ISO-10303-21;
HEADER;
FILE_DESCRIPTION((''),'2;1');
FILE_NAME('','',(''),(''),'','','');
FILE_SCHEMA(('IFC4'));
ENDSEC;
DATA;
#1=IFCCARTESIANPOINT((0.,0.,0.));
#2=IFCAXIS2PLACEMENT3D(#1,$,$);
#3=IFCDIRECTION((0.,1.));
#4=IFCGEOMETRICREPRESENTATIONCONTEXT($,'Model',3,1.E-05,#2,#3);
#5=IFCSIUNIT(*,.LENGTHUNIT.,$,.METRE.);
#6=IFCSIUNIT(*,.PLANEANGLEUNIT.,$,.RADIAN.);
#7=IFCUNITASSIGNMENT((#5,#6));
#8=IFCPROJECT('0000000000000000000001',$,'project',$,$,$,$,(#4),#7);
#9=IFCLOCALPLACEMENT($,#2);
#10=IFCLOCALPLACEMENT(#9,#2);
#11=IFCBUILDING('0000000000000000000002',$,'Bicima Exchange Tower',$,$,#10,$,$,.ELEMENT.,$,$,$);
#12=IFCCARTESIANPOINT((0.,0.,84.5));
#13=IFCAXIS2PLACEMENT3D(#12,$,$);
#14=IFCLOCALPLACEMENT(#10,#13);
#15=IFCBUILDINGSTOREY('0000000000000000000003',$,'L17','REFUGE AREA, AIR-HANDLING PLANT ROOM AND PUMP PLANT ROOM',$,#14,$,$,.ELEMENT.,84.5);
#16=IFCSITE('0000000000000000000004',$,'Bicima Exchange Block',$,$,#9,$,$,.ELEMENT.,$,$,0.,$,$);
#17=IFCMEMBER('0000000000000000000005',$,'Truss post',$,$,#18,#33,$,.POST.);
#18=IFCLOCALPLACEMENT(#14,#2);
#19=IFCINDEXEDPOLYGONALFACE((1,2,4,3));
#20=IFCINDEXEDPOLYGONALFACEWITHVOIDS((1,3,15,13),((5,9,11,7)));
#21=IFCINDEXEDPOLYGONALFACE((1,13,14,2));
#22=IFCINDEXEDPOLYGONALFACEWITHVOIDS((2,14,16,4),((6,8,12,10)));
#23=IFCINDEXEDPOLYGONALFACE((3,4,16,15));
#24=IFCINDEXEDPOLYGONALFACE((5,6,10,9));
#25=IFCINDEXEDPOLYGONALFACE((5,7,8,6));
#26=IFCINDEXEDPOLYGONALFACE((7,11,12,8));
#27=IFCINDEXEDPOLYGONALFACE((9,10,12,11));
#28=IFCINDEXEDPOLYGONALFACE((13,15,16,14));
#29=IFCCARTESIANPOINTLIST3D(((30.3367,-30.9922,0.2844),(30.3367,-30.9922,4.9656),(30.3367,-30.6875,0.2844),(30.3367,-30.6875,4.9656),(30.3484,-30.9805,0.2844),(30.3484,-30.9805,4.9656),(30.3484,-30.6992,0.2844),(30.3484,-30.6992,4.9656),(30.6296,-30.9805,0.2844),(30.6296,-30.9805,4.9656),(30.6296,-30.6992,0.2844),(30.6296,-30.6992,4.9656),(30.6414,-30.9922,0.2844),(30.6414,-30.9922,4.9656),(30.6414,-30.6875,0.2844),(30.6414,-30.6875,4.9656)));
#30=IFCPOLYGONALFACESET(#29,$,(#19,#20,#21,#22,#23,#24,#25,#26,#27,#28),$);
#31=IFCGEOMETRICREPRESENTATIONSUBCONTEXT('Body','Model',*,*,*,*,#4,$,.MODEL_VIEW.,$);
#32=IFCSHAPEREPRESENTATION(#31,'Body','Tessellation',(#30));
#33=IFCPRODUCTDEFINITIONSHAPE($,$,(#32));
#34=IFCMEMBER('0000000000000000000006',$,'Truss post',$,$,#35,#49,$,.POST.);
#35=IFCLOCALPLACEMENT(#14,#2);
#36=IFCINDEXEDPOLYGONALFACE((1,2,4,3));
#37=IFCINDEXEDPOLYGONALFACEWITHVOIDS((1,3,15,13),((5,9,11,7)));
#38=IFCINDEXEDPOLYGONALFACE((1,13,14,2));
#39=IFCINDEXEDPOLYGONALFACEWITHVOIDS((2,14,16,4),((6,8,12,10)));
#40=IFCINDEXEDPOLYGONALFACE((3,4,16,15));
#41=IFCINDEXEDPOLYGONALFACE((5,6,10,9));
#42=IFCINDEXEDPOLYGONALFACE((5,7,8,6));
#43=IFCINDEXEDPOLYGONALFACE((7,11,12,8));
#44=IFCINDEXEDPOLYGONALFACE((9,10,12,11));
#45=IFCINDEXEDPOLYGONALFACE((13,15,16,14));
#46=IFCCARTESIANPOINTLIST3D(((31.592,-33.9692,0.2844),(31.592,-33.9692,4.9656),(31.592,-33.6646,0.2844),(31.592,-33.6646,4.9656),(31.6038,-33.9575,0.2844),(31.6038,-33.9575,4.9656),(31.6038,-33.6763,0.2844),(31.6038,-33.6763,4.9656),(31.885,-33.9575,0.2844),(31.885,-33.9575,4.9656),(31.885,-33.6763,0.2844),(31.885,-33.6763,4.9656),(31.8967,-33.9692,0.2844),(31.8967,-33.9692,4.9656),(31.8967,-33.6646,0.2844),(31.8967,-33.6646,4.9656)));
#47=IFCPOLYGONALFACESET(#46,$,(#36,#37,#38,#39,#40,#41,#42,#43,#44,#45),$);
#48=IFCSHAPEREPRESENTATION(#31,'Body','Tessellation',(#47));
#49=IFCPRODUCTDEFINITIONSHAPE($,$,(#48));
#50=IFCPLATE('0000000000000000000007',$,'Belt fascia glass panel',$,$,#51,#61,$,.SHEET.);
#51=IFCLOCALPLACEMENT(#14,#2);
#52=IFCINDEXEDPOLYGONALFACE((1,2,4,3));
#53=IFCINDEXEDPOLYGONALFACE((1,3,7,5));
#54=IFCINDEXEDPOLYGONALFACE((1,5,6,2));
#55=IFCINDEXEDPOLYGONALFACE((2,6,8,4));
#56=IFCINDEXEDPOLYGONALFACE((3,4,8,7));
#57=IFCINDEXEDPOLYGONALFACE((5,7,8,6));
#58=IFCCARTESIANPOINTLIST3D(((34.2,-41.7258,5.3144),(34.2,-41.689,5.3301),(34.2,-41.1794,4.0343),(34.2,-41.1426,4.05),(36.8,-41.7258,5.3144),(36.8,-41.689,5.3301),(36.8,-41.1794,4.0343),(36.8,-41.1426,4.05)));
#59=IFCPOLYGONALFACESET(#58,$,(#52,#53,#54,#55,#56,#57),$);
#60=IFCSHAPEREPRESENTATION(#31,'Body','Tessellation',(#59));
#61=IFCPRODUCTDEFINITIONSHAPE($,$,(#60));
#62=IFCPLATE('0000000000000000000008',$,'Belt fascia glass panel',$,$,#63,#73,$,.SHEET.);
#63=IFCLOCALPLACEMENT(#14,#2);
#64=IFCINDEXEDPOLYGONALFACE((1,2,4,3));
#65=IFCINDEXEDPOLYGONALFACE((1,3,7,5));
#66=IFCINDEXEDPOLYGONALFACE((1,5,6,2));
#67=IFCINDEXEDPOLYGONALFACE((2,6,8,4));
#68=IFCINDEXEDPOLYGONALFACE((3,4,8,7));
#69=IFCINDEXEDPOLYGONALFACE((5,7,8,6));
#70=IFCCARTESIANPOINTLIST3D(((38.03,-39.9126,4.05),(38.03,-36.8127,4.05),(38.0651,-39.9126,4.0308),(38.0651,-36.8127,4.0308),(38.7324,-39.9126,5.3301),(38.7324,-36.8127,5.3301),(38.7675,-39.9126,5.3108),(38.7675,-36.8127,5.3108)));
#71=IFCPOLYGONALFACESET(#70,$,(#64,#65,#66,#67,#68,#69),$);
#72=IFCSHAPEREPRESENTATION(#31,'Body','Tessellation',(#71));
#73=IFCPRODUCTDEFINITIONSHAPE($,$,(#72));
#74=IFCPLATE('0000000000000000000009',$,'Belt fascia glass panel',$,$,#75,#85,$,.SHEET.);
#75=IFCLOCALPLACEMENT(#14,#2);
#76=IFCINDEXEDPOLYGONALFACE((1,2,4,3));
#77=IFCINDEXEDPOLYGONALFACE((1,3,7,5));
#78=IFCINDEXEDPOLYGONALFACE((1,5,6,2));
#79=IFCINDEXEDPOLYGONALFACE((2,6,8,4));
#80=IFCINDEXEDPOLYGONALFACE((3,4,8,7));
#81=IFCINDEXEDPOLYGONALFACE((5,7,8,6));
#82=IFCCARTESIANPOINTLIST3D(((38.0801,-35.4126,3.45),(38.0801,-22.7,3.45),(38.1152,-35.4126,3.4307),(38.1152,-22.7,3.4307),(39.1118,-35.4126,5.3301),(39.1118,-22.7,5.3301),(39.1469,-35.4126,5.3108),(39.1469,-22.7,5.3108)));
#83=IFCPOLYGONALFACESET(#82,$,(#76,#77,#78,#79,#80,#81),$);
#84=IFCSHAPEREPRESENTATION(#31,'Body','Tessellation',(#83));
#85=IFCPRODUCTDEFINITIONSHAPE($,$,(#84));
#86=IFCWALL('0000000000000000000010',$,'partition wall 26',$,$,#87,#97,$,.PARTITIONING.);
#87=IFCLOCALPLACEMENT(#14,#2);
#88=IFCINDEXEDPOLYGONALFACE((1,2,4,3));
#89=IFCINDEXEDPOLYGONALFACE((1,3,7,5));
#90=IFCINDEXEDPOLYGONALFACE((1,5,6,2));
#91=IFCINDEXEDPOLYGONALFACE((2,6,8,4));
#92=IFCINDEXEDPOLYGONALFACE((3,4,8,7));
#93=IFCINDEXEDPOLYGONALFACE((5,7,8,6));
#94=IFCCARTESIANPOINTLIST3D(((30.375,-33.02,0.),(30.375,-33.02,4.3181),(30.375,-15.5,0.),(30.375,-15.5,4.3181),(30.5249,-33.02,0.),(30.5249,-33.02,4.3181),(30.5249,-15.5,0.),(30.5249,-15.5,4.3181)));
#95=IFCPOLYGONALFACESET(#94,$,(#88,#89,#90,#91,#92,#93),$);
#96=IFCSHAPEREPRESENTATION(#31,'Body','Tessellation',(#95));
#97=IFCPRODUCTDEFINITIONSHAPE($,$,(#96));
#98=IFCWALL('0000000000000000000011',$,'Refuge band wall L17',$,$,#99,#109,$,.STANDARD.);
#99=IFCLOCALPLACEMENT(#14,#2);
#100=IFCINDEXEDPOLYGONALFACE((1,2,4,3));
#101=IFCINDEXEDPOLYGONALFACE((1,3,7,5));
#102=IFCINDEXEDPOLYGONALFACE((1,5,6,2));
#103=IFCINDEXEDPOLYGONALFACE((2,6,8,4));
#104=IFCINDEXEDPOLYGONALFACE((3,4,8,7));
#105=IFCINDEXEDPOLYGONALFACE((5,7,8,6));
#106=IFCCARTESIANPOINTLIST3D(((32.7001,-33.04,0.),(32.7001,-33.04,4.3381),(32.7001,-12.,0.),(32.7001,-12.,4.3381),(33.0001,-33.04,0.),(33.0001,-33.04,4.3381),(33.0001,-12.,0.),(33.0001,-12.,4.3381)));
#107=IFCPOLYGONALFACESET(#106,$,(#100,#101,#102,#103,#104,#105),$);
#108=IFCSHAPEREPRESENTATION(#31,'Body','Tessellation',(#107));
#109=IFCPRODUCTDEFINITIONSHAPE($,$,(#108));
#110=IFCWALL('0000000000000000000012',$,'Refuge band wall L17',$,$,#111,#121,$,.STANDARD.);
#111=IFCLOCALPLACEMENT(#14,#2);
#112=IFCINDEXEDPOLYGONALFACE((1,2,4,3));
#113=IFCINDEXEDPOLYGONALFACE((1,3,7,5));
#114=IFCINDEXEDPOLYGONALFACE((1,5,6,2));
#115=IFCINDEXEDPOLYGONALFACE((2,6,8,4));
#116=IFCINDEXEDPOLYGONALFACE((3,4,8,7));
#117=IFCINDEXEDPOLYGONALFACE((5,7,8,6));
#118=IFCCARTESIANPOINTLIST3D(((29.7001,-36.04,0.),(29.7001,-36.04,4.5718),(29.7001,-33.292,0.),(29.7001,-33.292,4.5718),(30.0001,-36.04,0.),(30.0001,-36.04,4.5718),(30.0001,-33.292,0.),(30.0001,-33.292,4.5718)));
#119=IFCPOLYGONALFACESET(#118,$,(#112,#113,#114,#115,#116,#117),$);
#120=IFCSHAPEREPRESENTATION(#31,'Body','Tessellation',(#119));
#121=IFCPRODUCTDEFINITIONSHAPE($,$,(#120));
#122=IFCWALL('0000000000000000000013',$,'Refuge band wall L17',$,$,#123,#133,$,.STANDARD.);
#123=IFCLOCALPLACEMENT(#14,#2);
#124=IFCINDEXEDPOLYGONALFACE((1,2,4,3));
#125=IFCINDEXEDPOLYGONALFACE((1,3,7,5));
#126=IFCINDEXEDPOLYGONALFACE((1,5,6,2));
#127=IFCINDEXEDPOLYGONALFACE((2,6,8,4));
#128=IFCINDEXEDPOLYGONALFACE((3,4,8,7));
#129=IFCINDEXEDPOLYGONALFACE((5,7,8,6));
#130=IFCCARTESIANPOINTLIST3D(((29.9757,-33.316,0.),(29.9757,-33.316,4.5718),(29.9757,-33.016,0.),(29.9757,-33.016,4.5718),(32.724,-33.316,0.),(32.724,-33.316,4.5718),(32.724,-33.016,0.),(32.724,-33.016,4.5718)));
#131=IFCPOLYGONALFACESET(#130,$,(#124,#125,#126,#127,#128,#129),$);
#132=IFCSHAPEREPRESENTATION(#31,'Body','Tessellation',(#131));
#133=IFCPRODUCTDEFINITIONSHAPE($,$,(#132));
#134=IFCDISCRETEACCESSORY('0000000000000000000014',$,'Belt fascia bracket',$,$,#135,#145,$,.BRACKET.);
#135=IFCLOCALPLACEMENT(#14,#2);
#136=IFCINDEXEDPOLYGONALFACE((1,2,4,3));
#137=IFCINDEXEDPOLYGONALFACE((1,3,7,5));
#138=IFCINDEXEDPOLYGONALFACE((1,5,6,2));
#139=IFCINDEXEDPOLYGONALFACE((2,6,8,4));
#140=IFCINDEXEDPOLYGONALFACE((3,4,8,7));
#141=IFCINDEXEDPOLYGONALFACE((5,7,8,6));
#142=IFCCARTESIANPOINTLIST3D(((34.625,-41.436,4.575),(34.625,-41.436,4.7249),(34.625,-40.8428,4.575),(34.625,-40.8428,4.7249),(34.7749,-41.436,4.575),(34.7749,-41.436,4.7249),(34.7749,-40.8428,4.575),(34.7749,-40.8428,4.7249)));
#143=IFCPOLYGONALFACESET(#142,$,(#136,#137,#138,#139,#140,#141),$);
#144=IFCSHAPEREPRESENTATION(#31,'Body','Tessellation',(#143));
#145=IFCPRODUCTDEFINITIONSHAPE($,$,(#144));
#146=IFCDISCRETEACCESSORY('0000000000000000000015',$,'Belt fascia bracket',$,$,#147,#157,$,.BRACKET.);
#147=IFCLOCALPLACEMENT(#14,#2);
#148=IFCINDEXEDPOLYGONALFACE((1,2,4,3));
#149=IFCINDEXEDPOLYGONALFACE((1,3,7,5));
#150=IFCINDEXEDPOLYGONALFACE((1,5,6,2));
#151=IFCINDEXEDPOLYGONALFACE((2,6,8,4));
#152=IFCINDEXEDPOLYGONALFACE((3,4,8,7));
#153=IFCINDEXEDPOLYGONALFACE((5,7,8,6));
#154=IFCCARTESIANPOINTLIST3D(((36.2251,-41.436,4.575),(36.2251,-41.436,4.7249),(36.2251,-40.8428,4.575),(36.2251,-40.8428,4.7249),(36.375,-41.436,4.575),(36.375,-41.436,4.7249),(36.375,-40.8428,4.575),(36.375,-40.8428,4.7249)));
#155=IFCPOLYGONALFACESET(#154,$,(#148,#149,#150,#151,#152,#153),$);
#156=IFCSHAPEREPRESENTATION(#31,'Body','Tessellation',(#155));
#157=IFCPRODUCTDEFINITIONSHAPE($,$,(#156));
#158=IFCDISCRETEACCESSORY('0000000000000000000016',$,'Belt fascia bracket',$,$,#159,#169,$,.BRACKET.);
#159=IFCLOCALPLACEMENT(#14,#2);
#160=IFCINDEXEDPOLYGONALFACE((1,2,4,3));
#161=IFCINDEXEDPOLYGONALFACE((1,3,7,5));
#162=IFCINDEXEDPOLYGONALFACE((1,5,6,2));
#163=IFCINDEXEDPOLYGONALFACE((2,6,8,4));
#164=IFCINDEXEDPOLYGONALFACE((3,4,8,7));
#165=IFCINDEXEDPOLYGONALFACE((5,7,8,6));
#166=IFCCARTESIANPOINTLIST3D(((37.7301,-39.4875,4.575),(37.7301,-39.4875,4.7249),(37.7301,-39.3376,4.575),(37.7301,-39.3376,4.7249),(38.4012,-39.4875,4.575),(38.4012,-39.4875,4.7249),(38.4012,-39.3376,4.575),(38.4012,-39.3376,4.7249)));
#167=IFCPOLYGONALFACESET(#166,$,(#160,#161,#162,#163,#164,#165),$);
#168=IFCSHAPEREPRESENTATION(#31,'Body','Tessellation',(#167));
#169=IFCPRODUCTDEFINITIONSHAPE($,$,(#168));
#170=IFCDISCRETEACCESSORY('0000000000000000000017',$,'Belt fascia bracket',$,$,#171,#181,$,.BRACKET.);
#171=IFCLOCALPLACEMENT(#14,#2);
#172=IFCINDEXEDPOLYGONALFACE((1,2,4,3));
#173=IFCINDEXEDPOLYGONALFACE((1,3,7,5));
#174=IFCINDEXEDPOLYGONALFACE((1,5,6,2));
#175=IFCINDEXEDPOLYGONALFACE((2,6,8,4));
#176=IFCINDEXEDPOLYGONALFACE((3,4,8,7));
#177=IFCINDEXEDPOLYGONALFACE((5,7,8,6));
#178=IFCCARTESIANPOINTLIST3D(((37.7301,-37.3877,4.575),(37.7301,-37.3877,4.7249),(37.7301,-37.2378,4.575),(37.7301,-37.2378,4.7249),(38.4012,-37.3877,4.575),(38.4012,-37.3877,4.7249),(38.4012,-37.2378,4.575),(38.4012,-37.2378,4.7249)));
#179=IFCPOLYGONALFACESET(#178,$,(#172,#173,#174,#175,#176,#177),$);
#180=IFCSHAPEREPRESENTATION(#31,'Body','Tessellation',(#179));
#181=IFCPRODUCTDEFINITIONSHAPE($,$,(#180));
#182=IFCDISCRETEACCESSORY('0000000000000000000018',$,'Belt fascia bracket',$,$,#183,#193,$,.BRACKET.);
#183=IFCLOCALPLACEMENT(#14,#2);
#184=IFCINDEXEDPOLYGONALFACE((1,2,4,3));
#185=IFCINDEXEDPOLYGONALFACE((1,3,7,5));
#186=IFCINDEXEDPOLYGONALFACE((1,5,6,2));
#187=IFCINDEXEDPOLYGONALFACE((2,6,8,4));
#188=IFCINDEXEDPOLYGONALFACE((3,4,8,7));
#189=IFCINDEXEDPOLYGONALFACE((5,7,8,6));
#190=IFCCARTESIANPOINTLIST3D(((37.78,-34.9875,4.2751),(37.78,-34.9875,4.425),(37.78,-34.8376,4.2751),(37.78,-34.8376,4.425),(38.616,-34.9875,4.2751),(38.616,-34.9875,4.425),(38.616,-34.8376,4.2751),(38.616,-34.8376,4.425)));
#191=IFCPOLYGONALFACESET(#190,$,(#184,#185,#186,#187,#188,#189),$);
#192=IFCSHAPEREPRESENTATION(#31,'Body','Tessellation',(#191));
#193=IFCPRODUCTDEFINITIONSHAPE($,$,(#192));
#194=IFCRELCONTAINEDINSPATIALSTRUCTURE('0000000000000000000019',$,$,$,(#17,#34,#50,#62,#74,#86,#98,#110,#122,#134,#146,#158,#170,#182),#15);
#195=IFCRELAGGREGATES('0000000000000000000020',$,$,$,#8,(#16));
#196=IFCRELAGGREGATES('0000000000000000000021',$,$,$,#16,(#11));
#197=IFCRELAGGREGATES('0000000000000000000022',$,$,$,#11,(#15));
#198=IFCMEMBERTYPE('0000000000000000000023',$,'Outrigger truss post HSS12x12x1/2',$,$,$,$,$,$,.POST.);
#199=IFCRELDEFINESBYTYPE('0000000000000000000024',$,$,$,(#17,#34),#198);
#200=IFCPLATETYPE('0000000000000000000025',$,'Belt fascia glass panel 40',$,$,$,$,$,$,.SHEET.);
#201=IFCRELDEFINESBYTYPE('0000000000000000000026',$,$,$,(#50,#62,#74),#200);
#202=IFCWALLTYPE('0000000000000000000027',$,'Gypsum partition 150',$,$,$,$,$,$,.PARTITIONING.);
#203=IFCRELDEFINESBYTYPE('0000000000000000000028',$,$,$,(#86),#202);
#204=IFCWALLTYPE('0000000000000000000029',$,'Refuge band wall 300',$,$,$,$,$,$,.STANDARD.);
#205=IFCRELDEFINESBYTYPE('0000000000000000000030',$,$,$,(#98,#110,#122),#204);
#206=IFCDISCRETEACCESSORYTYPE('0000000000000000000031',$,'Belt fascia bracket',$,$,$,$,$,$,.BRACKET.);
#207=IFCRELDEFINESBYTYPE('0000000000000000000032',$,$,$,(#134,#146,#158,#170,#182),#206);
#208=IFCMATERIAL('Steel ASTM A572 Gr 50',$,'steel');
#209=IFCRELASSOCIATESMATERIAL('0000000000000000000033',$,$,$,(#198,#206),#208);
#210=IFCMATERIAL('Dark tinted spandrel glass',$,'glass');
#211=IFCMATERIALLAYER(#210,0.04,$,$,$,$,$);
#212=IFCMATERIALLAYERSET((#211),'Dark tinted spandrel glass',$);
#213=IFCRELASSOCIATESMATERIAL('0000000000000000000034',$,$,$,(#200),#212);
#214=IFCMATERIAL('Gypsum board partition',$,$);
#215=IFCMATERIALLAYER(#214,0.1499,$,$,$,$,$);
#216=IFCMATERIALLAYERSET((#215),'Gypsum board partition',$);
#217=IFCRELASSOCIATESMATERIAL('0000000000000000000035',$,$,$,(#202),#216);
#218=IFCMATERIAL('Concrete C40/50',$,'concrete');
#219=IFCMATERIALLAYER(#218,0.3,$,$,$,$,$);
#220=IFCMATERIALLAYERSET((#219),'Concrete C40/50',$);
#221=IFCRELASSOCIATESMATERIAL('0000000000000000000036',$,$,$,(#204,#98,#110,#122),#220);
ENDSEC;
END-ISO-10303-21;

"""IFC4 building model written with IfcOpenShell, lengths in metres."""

from ifc_helpers import new_model, si_unit, direction, frame, frame_2d, origin, origin_2d, place, context, subcontext, project, spatial, polyline, rectangle, hollow_rectangle, outline, extrude, material, layer, layer_set, layer_usage, material_profile, profile_set, type_object, element, save


model = new_model("IFC4")

# Units and contexts
model_context = context("Model", 3, precision=1e-05, world=origin(), true_north=direction((0.0, 1.0)))
body_context = subcontext(model_context, "Body", "Model", "MODEL_VIEW")
ifc_project = project(units=[si_unit("LENGTHUNIT", "METRE"), si_unit("PLANEANGLEUNIT", "RADIAN")], contexts=[model_context])

# Site, building, storey
site_placement = place(None, origin())
site = spatial("IfcSite", under=ifc_project, at=site_placement, Name="Bicima Exchange Block", CompositionType="ELEMENT", RefElevation=0.0)
building_placement = place(site_placement, origin())
building = spatial("IfcBuilding", under=site, at=building_placement, Name="Bicima Exchange Tower", CompositionType="ELEMENT")
storey_placement = place(building_placement, frame((0.0, 0.0, 84.5)))
storey = spatial("IfcBuildingStorey", under=building, at=storey_placement, Name="L17", Description="REFUGE AREA, AIR-HANDLING PLANT ROOM AND PUMP PLANT ROOM", CompositionType="ELEMENT", Elevation=84.5)

# Shared definitions
ifc_material_1 = material(Name="Steel ASTM A572 Gr 50", Category="steel")

# Members
ifc_material_profile_1 = material_profile(ifc_material_1, hollow_rectangle(XDim=0.3047, YDim=0.3047, WallThickness=0.0117, at=origin_2d()))
ifc_profile_set_1 = profile_set([ifc_material_profile_1], Name="Steel ASTM A572 Gr 50")
member_type_1 = type_object("IfcMemberType", Name="Outrigger truss post HSS12x12x1/2", PredefinedType="POST", material=ifc_profile_set_1)
for number, where, z_axis, x_axis, name in (
    (1, (30.489, -30.8398, 0.2844), (0.0, 0.0, 1.0), (1.0, 0.0, 0.0), "Truss post"),
    (2, (31.7444, -33.8169, 0.2844), (0.0, 0.0, 1.0), (1.0, 0.0, 0.0), "Truss post"),
):
    element("IfcMember", number, at=place(storey_placement, frame(where, z_axis=z_axis, x_axis=x_axis)), inside=storey, type_object=member_type_1, Name=name, PredefinedType="POST", context=body_context, shape_type="SweptSolid", body=[
        extrude(hollow_rectangle(XDim=0.3047, YDim=0.3047, WallThickness=0.0117, at=origin_2d()), origin(), (0.0, 0.0, 1.0), 4.6812),
    ])

# Plates
ifc_material_2 = material(Name="Dark tinted spandrel glass", Category="glass")
ifc_layer_1 = layer(ifc_material_2, 0.04)
ifc_layer_set_1 = layer_set([ifc_layer_1], Name="Dark tinted spandrel glass")
plate_type = type_object("IfcPlateType", Name="Belt fascia glass panel 40", PredefinedType="SHEET", material=ifc_layer_set_1)
plate_1_placement = place(storey_placement, frame((34.2, -41.1426, 4.05), z_axis=(0.0, 0.919716, 0.392585), x_axis=(1.0, 0.0, 0.0)))
element("IfcPlate", 3, at=plate_1_placement, inside=storey, type_object=plate_type, Name="Belt fascia glass panel", PredefinedType="SHEET", context=body_context, shape_type="SweptSolid", body=[
    extrude(outline(polyline([(0.0, 0.0), (2.6001, 0.0), (2.6001, -1.3918), (0.0, -1.3918), (0.0, 0.0)])), origin(), (0.0, 0.0, -1.0), 0.04),
])
plate_2_placement = place(storey_placement, frame((38.03, -39.9126, 4.05), z_axis=(-0.876685, 0.0, 0.481065), x_axis=(0.0, 1.0, 0.0)))
element("IfcPlate", 4, at=plate_2_placement, inside=storey, type_object=plate_type, Name="Belt fascia glass panel", PredefinedType="SHEET", context=body_context, shape_type="SweptSolid", body=[
    extrude(outline(polyline([(0.0, 0.0), (3.0999, 0.0), (3.0999, -1.4601), (0.0, -1.4601), (0.0, 0.0)])), origin(), (0.0, 0.0, -1.0), 0.04),
])
plate_3_placement = place(storey_placement, frame((38.0801, -35.4126, 3.45), z_axis=(-0.876675, 0.0, 0.481084), x_axis=(0.0, 1.0, 0.0)))
element("IfcPlate", 5, at=plate_3_placement, inside=storey, type_object=plate_type, Name="Belt fascia glass panel", PredefinedType="SHEET", context=body_context, shape_type="SweptSolid", body=[
    extrude(outline(polyline([(0.0, 0.0), (12.7126, 0.0), (12.7126, -2.1446), (0.0, -2.1446), (0.0, 0.0)])), origin(), (0.0, 0.0, -1.0), 0.04),
])

# Walls
ifc_material_3 = material(Name="Gypsum board partition")
ifc_layer_2 = layer(ifc_material_3, 0.1499)
ifc_layer_set_2 = layer_set([ifc_layer_2], Name="Gypsum board partition")
wall_type_1 = type_object("IfcWallType", Name="Gypsum partition 150", PredefinedType="PARTITIONING", material=ifc_layer_set_2)
wall_1_placement = place(storey_placement, frame((30.45, -33.02, 0.0), z_axis=(0.0, 0.0, 1.0), x_axis=(0.0, 1.0, 0.0)))
element("IfcWall", 6, at=wall_1_placement, inside=storey, type_object=wall_type_1, Name="partition wall 26", PredefinedType="PARTITIONING", context=body_context, shape_type="SweptSolid", body=[
    extrude(rectangle(XDim=17.52, YDim=0.1499, at=frame_2d((8.76, 0.0))), origin(), (0.0, 0.0, 1.0), 4.3181),
])
ifc_material_4 = material(Name="Concrete C40/50", Category="concrete")
ifc_layer_3 = layer(ifc_material_4, 0.3)
ifc_layer_set_3 = layer_set([ifc_layer_3], Name="Concrete C40/50")
ifc_layer_usage = layer_usage(ifc_layer_set_3, "AXIS2", "POSITIVE", -0.15)
wall_type_2 = type_object("IfcWallType", Name="Refuge band wall 300", PredefinedType="STANDARD", material=ifc_layer_set_3)
wall_2_placement = place(storey_placement, frame((32.8501, -33.04, 0.0), z_axis=(0.0, 0.0, 1.0), x_axis=(0.0, 1.0, 0.0)))
element("IfcWall", 7, at=wall_2_placement, inside=storey, type_object=wall_type_2, material=ifc_layer_usage, Name="Refuge band wall L17", PredefinedType="STANDARD", context=body_context, shape_type="SweptSolid", body=[
    extrude(rectangle(XDim=21.04, YDim=0.3, at=frame_2d((10.52, 0.0))), origin(), (0.0, 0.0, 1.0), 4.3381),
])
wall_3_placement = place(storey_placement, frame((29.8501, -36.04, 0.0), z_axis=(0.0, 0.0, 1.0), x_axis=(0.0, 1.0, 0.0)))
element("IfcWall", 8, at=wall_3_placement, inside=storey, type_object=wall_type_2, material=ifc_layer_usage, Name="Refuge band wall L17", PredefinedType="STANDARD", context=body_context, shape_type="SweptSolid", body=[
    extrude(rectangle(XDim=2.748, YDim=0.3, at=frame_2d((1.374, 0.0))), origin(), (0.0, 0.0, 1.0), 4.5718),
])
wall_4_placement = place(storey_placement, frame((29.9758, -33.166, 0.0), z_axis=(0.0, 0.0, 1.0), x_axis=(1.0, 0.0, 0.0)))
element("IfcWall", 9, at=wall_4_placement, inside=storey, type_object=wall_type_2, material=ifc_layer_usage, Name="Refuge band wall L17", PredefinedType="STANDARD", context=body_context, shape_type="SweptSolid", body=[
    extrude(rectangle(XDim=2.7483, YDim=0.3, at=frame_2d((1.374, 0.0))), origin(), (0.0, 0.0, 1.0), 4.5718),
])

# Discrete accessories
discrete_accessory_type = type_object("IfcDiscreteAccessoryType", Name="Belt fascia bracket", PredefinedType="BRACKET", material=ifc_material_1)
for number, where, z_axis, x_axis, name in (
    (10, (34.7, -41.1394, 4.575), (0.0, 0.0, 1.0), (1.0, 0.0, 0.0), "Belt fascia bracket"),
    (11, (36.3, -41.1394, 4.575), (0.0, 0.0, 1.0), (1.0, 0.0, 0.0), "Belt fascia bracket"),
):
    element("IfcDiscreteAccessory", number, at=place(storey_placement, frame(where, z_axis=z_axis, x_axis=x_axis)), inside=storey, type_object=discrete_accessory_type, Name=name, PredefinedType="BRACKET", context=body_context, shape_type="SweptSolid", body=[
        extrude(rectangle(XDim=0.1499, YDim=0.5933, at=origin_2d()), origin(), (0.0, 0.0, 1.0), 0.1499),
    ])
for number, where, z_axis, x_axis, name in (
    (12, (38.0657, -39.4126, 4.575), (0.0, 0.0, 1.0), (0.0, 1.0, 0.0), "Belt fascia bracket"),
    (13, (38.0657, -37.3127, 4.575), (0.0, 0.0, 1.0), (0.0, 1.0, 0.0), "Belt fascia bracket"),
):
    element("IfcDiscreteAccessory", number, at=place(storey_placement, frame(where, z_axis=z_axis, x_axis=x_axis)), inside=storey, type_object=discrete_accessory_type, Name=name, PredefinedType="BRACKET", context=body_context, shape_type="SweptSolid", body=[
        extrude(rectangle(XDim=0.1499, YDim=0.6711, at=origin_2d()), origin(), (0.0, 0.0, 1.0), 0.1499),
    ])
discrete_accessory_placement = place(storey_placement, frame((38.198, -34.9126, 4.2751), z_axis=(0.0, 0.0, 1.0), x_axis=(0.0, 1.0, 0.0)))
element("IfcDiscreteAccessory", 14, at=discrete_accessory_placement, inside=storey, type_object=discrete_accessory_type, Name="Belt fascia bracket", PredefinedType="BRACKET", context=body_context, shape_type="SweptSolid", body=[
    extrude(rectangle(XDim=0.1499, YDim=0.8359, at=origin_2d()), origin(), (0.0, 0.0, 1.0), 0.1499),
])

save(model, "model.ifc")
